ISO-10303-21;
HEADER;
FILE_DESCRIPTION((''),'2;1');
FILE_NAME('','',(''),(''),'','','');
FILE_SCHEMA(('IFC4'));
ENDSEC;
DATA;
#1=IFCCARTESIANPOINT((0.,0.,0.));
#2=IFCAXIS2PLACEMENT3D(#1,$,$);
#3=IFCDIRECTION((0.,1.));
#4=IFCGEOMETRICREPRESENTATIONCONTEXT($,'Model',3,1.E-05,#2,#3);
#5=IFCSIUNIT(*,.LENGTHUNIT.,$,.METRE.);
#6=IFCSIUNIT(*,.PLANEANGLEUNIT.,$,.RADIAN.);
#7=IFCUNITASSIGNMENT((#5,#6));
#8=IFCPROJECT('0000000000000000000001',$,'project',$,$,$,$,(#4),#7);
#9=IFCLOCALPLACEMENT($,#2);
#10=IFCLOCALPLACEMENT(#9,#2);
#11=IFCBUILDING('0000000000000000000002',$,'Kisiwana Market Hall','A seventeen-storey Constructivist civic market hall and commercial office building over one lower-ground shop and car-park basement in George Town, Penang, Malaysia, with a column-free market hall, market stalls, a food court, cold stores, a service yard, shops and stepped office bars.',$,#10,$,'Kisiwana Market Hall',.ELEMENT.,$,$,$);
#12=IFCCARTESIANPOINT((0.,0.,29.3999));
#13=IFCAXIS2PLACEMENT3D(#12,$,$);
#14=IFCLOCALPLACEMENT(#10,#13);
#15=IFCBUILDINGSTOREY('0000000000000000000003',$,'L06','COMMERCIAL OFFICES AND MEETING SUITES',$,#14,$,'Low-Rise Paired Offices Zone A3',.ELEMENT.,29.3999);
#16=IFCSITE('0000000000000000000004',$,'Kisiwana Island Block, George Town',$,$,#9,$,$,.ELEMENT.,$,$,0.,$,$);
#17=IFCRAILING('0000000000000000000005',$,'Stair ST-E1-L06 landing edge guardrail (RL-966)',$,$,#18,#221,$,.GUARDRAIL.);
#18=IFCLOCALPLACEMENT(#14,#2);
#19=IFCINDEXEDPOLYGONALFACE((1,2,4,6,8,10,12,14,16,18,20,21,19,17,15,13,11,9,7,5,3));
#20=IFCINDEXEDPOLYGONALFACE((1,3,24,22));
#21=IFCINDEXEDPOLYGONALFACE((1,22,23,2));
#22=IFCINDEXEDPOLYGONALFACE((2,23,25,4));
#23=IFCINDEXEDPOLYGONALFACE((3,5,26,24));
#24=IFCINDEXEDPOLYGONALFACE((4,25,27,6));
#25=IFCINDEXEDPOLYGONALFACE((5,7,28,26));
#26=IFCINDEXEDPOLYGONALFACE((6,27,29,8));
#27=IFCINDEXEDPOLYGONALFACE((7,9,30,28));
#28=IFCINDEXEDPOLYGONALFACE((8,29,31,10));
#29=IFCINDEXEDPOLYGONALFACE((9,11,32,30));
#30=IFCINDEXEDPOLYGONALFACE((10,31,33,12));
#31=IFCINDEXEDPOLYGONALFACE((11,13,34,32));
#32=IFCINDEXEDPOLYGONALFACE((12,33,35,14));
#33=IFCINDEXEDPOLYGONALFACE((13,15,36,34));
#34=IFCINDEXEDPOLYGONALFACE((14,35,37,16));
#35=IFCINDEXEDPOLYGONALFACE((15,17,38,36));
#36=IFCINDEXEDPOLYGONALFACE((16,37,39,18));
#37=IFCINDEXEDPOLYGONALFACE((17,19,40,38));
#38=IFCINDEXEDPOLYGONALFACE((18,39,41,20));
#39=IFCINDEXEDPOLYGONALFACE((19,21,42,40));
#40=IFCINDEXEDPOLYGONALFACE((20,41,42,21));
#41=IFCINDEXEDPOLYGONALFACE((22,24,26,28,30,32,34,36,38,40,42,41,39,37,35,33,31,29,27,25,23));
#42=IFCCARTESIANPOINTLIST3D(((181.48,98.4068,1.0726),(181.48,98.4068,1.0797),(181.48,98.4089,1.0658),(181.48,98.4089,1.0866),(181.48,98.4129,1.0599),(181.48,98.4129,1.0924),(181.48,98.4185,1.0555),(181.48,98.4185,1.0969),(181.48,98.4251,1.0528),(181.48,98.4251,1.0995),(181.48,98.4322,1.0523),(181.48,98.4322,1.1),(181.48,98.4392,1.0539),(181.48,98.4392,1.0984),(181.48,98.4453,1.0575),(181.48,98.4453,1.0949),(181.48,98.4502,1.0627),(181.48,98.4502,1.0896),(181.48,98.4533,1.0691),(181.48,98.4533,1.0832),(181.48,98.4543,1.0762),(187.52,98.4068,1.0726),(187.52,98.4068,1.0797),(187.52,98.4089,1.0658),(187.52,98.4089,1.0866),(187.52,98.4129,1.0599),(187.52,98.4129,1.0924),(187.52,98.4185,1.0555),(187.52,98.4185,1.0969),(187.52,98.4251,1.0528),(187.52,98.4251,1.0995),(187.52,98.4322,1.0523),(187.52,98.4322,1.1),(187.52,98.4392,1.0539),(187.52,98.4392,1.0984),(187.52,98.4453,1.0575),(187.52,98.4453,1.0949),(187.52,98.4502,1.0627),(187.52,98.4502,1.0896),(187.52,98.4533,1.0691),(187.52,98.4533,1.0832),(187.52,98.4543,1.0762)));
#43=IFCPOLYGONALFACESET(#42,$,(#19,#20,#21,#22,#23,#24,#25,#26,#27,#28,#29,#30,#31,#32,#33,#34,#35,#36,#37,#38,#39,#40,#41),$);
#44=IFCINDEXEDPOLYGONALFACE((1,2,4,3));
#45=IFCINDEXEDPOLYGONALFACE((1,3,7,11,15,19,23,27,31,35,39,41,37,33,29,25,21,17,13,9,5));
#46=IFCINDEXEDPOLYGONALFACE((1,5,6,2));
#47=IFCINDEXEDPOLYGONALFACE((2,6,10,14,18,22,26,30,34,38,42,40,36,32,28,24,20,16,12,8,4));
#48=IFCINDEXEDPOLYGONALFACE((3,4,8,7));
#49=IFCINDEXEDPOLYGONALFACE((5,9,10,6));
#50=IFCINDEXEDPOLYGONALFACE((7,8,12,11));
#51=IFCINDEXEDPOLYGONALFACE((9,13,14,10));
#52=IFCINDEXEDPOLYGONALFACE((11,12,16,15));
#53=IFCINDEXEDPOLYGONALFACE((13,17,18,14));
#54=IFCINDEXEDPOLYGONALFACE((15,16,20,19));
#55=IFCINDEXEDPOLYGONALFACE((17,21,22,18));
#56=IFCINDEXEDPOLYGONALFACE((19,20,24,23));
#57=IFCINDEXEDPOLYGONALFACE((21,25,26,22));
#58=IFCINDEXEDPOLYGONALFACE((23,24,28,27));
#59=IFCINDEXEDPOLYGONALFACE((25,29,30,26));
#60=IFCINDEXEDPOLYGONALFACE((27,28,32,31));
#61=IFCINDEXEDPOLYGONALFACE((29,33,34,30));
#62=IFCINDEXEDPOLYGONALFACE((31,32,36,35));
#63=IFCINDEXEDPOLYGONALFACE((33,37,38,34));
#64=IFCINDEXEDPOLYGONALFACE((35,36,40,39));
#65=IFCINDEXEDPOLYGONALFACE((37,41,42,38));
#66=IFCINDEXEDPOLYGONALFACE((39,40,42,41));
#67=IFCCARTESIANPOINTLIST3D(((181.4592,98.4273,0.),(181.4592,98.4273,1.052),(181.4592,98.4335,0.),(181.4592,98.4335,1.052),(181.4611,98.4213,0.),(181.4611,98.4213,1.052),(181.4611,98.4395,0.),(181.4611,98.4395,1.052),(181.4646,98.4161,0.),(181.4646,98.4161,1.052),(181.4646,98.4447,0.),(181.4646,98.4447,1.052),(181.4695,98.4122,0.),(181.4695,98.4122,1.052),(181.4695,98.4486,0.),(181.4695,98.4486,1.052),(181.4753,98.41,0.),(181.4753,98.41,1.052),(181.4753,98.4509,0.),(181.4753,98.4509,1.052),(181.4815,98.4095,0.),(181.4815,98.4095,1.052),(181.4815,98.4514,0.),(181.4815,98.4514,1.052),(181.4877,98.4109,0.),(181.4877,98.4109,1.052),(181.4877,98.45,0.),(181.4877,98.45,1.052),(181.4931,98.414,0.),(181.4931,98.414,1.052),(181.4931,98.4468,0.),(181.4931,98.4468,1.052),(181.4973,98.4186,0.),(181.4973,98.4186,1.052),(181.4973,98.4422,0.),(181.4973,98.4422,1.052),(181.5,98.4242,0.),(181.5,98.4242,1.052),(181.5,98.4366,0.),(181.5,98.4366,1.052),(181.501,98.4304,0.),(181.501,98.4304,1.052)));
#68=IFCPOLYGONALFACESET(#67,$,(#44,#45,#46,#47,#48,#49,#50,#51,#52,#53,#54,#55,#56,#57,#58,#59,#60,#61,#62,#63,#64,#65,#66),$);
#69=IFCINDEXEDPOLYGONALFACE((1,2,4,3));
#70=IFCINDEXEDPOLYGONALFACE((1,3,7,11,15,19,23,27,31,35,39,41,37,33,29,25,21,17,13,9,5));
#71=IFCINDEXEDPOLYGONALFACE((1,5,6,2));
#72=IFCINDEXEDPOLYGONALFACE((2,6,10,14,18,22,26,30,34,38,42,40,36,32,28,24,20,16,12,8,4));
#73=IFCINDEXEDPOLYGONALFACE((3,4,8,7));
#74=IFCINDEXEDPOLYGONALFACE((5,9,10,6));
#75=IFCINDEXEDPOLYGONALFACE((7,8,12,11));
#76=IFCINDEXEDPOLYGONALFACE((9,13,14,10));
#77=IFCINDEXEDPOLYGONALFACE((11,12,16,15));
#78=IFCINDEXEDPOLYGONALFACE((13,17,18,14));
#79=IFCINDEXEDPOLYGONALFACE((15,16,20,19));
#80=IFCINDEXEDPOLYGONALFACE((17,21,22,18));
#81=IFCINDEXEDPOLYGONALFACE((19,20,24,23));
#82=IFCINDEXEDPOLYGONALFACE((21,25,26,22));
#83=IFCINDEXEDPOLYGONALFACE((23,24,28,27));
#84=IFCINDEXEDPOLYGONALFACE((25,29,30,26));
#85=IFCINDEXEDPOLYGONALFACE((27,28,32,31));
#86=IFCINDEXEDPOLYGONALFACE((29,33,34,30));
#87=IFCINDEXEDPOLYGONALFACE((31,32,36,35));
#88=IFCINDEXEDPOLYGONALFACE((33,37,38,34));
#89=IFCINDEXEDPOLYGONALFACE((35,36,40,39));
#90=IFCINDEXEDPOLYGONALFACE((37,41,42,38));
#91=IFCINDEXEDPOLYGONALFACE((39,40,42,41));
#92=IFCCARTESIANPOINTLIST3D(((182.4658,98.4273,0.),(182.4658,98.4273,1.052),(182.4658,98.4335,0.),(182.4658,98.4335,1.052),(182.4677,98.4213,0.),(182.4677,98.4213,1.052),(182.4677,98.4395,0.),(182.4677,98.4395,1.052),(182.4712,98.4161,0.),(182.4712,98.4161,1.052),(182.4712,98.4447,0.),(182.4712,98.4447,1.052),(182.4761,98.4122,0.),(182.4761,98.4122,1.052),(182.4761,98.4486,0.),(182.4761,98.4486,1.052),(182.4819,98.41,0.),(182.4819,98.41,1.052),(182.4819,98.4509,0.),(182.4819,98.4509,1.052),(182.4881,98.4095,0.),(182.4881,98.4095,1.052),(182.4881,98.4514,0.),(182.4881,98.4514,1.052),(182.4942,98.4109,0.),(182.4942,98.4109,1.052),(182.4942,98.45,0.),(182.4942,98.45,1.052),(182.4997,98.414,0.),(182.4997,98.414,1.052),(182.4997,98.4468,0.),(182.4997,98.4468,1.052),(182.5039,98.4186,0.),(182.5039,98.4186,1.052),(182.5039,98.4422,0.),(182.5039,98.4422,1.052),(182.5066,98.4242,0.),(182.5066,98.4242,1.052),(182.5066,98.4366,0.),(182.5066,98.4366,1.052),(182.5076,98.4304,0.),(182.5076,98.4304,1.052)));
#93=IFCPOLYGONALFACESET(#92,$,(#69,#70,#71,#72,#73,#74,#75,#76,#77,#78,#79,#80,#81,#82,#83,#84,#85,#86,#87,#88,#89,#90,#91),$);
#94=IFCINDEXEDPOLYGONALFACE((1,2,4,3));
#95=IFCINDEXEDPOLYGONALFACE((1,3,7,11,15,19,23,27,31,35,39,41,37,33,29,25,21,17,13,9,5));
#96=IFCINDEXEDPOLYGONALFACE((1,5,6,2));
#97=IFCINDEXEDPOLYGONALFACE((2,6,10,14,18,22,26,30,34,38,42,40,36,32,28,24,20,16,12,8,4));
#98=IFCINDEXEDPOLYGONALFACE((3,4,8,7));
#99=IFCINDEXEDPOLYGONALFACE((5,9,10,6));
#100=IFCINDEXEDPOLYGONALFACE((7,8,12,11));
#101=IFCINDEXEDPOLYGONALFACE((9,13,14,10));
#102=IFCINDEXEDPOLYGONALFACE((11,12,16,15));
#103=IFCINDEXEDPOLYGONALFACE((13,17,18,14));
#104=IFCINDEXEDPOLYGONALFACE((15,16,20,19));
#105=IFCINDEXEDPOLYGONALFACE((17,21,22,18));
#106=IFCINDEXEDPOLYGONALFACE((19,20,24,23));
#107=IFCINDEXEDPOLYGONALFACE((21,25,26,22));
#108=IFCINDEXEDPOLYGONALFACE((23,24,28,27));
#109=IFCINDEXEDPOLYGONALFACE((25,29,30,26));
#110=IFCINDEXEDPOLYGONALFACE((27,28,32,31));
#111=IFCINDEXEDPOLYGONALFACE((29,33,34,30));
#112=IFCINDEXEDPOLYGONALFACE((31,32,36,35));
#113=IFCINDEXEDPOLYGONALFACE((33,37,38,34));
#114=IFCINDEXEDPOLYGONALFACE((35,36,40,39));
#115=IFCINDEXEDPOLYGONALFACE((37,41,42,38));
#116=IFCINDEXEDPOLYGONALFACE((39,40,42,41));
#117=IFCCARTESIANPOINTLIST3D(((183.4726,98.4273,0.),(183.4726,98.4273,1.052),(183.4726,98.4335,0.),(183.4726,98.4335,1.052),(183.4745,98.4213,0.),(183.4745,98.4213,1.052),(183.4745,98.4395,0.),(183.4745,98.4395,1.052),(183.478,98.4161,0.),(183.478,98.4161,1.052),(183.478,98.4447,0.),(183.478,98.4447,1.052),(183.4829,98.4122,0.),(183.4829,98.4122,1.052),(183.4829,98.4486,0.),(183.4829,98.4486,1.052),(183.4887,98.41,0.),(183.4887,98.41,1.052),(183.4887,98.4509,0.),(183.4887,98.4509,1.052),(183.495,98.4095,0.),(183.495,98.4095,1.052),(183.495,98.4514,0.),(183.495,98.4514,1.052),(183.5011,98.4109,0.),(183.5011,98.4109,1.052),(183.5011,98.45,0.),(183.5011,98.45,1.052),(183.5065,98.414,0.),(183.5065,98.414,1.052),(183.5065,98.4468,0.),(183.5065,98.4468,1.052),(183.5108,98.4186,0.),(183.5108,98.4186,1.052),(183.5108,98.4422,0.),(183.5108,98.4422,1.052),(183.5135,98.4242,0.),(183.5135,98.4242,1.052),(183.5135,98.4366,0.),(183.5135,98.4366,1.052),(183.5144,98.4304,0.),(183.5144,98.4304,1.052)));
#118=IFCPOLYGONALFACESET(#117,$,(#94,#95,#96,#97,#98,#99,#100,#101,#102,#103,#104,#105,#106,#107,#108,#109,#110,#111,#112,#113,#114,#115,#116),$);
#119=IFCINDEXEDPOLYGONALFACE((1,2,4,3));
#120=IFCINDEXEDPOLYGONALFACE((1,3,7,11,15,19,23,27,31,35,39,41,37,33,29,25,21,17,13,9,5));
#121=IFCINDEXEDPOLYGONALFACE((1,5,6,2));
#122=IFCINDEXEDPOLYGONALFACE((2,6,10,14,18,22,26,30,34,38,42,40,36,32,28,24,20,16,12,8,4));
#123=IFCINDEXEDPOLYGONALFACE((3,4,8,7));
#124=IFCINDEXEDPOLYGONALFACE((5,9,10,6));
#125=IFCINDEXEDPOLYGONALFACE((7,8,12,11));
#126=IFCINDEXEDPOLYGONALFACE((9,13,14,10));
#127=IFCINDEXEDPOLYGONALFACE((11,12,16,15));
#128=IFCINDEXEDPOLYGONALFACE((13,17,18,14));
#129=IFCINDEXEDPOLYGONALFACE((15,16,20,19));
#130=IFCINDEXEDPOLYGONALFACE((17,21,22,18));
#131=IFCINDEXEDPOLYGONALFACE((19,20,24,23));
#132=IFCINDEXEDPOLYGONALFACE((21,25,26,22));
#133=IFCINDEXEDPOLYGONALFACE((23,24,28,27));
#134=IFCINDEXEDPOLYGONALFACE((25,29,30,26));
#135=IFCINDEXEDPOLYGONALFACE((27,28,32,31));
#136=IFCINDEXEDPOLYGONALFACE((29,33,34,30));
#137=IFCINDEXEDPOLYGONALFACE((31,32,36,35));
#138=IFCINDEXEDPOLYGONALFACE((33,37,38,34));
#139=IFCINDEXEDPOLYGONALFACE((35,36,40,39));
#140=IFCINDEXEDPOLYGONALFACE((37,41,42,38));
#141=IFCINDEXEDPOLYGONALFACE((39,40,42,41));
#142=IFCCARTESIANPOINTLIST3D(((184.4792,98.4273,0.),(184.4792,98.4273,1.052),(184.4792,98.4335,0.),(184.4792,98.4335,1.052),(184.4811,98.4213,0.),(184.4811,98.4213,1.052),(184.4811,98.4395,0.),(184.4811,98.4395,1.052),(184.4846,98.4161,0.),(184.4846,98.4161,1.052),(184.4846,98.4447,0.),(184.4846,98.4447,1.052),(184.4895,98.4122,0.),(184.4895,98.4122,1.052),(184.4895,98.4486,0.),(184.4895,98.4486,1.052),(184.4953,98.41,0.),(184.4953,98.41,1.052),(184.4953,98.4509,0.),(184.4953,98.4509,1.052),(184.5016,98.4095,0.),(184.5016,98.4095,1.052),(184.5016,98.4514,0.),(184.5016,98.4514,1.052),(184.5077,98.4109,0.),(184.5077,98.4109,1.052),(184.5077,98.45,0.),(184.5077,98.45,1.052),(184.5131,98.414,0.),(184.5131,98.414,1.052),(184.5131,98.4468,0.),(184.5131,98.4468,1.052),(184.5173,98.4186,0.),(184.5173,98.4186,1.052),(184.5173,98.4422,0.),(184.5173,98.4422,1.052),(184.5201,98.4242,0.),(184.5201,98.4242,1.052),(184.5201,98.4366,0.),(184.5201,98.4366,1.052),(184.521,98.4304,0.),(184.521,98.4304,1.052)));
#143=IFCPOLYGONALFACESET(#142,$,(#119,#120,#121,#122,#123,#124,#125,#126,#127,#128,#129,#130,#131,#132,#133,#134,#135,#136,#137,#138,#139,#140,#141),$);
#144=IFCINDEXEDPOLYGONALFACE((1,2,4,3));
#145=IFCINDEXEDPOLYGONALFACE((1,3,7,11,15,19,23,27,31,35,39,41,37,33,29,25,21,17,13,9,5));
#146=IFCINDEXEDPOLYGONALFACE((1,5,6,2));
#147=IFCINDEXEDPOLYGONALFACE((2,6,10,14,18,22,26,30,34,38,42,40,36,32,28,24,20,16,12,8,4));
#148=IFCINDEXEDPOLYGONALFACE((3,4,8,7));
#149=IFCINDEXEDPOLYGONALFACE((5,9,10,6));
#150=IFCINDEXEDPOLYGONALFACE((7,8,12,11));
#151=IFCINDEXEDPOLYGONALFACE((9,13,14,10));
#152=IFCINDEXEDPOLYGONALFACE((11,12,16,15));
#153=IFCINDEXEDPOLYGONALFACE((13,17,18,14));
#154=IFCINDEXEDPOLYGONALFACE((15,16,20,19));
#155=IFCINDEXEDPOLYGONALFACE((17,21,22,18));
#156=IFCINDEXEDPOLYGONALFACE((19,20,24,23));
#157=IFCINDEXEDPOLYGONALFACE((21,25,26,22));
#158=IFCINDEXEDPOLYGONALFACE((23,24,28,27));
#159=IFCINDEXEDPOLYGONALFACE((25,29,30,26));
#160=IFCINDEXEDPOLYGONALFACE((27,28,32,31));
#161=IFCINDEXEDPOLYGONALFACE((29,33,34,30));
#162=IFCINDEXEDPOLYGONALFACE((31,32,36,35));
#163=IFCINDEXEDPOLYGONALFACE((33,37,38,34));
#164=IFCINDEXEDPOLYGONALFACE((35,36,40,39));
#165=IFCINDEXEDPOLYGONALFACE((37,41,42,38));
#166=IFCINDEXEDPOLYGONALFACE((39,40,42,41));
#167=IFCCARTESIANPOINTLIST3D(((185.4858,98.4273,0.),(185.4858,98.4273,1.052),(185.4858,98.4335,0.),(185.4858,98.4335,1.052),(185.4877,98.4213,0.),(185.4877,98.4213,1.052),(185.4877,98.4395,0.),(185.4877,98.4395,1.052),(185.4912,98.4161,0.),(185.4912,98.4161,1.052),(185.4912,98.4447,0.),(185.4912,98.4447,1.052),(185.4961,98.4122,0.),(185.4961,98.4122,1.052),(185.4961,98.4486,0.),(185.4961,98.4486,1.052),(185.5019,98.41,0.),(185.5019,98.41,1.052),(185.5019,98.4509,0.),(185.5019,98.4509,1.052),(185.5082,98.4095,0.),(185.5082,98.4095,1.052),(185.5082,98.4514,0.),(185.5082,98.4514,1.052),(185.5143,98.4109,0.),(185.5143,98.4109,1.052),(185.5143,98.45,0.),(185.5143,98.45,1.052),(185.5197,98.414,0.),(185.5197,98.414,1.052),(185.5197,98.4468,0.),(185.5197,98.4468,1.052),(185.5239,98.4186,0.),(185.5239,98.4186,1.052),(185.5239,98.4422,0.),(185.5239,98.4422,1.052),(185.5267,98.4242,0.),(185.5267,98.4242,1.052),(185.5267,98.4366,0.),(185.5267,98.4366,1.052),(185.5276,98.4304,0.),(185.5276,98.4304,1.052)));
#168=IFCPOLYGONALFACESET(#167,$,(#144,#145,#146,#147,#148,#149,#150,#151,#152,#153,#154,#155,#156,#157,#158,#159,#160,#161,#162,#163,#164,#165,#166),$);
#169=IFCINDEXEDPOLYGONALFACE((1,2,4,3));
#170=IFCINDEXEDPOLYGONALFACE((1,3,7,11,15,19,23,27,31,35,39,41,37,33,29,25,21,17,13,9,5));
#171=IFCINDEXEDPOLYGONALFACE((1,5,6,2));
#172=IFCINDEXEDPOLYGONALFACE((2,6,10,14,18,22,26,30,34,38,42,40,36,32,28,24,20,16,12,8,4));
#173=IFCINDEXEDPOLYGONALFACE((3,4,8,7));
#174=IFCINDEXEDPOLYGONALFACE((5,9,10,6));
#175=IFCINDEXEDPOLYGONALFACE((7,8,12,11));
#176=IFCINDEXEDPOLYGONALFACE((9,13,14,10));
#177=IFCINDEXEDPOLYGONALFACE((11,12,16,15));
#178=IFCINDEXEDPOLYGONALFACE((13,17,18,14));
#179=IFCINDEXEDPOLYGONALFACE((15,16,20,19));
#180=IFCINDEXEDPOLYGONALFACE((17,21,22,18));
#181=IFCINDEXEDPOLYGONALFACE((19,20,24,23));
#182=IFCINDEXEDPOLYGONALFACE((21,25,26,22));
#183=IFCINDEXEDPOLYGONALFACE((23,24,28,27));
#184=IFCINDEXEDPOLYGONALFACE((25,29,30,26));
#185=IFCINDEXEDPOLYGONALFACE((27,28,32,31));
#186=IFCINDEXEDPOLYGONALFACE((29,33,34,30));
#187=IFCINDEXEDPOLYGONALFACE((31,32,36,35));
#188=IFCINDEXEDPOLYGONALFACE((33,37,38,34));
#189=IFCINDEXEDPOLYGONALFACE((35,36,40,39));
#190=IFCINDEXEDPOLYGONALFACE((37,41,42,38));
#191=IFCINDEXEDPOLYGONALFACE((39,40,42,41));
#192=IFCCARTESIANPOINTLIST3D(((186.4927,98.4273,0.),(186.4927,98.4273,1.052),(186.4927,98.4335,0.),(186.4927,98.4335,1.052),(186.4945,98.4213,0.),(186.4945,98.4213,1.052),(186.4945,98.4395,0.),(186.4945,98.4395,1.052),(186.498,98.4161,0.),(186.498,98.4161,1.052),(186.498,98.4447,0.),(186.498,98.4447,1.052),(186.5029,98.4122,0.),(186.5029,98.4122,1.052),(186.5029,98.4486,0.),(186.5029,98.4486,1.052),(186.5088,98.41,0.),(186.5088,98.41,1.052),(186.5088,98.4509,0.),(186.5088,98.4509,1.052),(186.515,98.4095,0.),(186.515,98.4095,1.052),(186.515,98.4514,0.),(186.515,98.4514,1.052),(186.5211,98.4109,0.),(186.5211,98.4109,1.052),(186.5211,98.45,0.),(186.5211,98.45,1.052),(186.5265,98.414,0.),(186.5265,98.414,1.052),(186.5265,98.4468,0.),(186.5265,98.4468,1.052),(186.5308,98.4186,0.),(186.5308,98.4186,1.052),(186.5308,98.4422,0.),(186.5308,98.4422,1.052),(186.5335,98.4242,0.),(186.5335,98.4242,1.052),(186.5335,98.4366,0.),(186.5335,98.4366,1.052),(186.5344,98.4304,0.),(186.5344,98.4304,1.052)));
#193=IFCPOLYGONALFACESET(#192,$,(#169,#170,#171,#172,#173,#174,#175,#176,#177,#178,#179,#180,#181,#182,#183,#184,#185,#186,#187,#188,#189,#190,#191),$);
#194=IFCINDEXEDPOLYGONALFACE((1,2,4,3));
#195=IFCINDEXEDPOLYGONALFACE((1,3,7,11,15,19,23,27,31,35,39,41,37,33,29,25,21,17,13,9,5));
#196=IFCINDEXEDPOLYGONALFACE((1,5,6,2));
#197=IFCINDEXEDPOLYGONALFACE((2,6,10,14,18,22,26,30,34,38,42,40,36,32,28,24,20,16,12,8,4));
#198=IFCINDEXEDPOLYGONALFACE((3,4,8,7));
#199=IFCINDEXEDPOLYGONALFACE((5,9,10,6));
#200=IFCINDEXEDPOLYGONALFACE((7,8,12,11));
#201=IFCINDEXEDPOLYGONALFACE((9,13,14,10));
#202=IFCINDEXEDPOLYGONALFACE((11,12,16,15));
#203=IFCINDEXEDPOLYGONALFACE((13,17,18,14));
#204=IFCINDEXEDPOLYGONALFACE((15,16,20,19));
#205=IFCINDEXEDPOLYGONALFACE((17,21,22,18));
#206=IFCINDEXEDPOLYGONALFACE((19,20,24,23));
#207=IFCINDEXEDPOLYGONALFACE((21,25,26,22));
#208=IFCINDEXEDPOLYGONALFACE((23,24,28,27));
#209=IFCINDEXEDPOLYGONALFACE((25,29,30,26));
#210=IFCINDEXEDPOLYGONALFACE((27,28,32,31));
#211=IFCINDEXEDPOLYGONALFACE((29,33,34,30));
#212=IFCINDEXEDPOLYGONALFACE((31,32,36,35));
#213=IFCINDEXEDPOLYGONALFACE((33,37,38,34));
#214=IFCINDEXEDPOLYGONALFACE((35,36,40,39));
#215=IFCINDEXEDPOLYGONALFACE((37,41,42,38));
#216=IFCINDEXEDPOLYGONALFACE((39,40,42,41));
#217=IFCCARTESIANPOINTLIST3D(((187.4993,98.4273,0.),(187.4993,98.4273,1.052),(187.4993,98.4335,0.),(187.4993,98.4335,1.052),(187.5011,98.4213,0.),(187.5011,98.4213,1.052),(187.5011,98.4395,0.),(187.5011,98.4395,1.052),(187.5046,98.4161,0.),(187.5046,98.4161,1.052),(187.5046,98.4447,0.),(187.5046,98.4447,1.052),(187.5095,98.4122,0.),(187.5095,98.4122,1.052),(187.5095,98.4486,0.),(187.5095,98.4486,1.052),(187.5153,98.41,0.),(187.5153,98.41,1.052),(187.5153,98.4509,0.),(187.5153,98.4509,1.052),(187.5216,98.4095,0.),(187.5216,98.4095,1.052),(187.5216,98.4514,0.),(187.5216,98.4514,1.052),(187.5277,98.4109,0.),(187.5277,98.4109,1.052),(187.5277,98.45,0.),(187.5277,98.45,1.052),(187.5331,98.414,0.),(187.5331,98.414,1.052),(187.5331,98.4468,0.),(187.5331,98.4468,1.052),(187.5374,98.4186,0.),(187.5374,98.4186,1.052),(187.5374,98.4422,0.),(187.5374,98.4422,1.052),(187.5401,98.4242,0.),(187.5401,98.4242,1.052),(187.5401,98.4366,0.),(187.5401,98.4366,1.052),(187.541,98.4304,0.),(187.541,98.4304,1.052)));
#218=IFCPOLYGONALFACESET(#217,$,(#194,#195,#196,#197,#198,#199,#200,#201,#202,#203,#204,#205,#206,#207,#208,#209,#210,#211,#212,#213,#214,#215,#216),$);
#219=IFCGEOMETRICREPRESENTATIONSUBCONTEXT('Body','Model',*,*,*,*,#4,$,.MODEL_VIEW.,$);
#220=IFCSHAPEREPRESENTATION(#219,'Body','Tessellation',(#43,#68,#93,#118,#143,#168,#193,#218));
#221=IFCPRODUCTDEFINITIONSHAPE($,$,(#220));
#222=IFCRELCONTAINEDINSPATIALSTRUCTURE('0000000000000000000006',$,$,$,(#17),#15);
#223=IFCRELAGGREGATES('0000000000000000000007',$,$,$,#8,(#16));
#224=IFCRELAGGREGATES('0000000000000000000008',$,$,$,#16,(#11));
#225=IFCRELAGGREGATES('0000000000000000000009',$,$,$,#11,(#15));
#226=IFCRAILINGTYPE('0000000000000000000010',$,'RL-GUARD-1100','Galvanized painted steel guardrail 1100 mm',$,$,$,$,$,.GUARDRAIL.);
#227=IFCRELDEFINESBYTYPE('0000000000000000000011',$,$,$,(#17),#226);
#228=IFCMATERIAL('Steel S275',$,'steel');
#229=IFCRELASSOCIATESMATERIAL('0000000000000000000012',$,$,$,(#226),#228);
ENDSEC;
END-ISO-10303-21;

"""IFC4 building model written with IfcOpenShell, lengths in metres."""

from ifc_helpers import new_model, si_unit, direction, frame, origin, origin_2d, place, context, subcontext, project, spatial, circle, extrude, material, type_object, element, save


model = new_model("IFC4")

# Units and contexts
model_context = context("Model", 3, precision=1e-05, world=origin(), true_north=direction((0.0, 1.0)))
body_context = subcontext(model_context, "Body", "Model", "MODEL_VIEW")
ifc_project = project(units=[si_unit("LENGTHUNIT", "METRE"), si_unit("PLANEANGLEUNIT", "RADIAN")], contexts=[model_context])

# Site, building, storey
site_placement = place(None, origin())
site = spatial("IfcSite", under=ifc_project, at=site_placement, Name="Kisiwana Island Block, George Town", CompositionType="ELEMENT", RefElevation=0.0)
building_placement = place(site_placement, origin())
building = spatial("IfcBuilding", under=site, at=building_placement, Name="Kisiwana Market Hall", Description="A seventeen-storey Constructivist civic market hall and commercial office building over one lower-ground shop and car-park basement in George Town, Penang, Malaysia, with a column-free market hall, market stalls, a food court, cold stores, a service yard, shops and stepped office bars.", LongName="Kisiwana Market Hall", CompositionType="ELEMENT")
storey_placement = place(building_placement, frame((0.0, 0.0, 29.3999)))
storey = spatial("IfcBuildingStorey", under=building, at=storey_placement, Name="L06", Description="COMMERCIAL OFFICES AND MEETING SUITES", LongName="Low-Rise Paired Offices Zone A3", CompositionType="ELEMENT", Elevation=29.3999)

# Railing
ifc_material_1 = material(Name="Steel S275", Category="steel")
railing_type_1 = type_object("IfcRailingType", Name="RL-GUARD-1100", Description="Galvanized painted steel guardrail 1100 mm", PredefinedType="GUARDRAIL", material=ifc_material_1)
railing_1_placement = place(storey_placement, frame((181.48, 98.4304, 0.0)))
element("IfcRailing", 1, at=railing_1_placement, inside=storey, type_object=railing_type_1, Name="Stair ST-E1-L06 landing edge guardrail (RL-966)", PredefinedType="GUARDRAIL", context=body_context, shape_type="SweptSolid", body=[
    extrude(circle(Radius=0.0239, at=origin_2d()), frame((0.0, 0.0, 1.0762), z_axis=(1.0, 0.0, 0.0), x_axis=(0.0, 1.0, 0.0)), (0.0, 0.0, 1.0), 6.04),
    extrude(circle(Radius=0.021, at=origin_2d()), origin(), (0.0, 0.0, 1.0), 1.052),
    extrude(circle(Radius=0.021, at=origin_2d()), frame((1.0066, 0.0, 0.0)), (0.0, 0.0, 1.0), 1.052),
    extrude(circle(Radius=0.021, at=origin_2d()), frame((2.0134, 0.0, 0.0)), (0.0, 0.0, 1.0), 1.052),
    extrude(circle(Radius=0.021, at=origin_2d()), frame((3.02, 0.0, 0.0)), (0.0, 0.0, 1.0), 1.052),
    extrude(circle(Radius=0.021, at=origin_2d()), frame((4.0266, 0.0, 0.0)), (0.0, 0.0, 1.0), 1.052),
    extrude(circle(Radius=0.021, at=origin_2d()), frame((5.0334, 0.0, 0.0)), (0.0, 0.0, 1.0), 1.052),
    extrude(circle(Radius=0.021, at=origin_2d()), frame((6.04, 0.0, 0.0)), (0.0, 0.0, 1.0), 1.052),
])

save(model, "model.ifc")
